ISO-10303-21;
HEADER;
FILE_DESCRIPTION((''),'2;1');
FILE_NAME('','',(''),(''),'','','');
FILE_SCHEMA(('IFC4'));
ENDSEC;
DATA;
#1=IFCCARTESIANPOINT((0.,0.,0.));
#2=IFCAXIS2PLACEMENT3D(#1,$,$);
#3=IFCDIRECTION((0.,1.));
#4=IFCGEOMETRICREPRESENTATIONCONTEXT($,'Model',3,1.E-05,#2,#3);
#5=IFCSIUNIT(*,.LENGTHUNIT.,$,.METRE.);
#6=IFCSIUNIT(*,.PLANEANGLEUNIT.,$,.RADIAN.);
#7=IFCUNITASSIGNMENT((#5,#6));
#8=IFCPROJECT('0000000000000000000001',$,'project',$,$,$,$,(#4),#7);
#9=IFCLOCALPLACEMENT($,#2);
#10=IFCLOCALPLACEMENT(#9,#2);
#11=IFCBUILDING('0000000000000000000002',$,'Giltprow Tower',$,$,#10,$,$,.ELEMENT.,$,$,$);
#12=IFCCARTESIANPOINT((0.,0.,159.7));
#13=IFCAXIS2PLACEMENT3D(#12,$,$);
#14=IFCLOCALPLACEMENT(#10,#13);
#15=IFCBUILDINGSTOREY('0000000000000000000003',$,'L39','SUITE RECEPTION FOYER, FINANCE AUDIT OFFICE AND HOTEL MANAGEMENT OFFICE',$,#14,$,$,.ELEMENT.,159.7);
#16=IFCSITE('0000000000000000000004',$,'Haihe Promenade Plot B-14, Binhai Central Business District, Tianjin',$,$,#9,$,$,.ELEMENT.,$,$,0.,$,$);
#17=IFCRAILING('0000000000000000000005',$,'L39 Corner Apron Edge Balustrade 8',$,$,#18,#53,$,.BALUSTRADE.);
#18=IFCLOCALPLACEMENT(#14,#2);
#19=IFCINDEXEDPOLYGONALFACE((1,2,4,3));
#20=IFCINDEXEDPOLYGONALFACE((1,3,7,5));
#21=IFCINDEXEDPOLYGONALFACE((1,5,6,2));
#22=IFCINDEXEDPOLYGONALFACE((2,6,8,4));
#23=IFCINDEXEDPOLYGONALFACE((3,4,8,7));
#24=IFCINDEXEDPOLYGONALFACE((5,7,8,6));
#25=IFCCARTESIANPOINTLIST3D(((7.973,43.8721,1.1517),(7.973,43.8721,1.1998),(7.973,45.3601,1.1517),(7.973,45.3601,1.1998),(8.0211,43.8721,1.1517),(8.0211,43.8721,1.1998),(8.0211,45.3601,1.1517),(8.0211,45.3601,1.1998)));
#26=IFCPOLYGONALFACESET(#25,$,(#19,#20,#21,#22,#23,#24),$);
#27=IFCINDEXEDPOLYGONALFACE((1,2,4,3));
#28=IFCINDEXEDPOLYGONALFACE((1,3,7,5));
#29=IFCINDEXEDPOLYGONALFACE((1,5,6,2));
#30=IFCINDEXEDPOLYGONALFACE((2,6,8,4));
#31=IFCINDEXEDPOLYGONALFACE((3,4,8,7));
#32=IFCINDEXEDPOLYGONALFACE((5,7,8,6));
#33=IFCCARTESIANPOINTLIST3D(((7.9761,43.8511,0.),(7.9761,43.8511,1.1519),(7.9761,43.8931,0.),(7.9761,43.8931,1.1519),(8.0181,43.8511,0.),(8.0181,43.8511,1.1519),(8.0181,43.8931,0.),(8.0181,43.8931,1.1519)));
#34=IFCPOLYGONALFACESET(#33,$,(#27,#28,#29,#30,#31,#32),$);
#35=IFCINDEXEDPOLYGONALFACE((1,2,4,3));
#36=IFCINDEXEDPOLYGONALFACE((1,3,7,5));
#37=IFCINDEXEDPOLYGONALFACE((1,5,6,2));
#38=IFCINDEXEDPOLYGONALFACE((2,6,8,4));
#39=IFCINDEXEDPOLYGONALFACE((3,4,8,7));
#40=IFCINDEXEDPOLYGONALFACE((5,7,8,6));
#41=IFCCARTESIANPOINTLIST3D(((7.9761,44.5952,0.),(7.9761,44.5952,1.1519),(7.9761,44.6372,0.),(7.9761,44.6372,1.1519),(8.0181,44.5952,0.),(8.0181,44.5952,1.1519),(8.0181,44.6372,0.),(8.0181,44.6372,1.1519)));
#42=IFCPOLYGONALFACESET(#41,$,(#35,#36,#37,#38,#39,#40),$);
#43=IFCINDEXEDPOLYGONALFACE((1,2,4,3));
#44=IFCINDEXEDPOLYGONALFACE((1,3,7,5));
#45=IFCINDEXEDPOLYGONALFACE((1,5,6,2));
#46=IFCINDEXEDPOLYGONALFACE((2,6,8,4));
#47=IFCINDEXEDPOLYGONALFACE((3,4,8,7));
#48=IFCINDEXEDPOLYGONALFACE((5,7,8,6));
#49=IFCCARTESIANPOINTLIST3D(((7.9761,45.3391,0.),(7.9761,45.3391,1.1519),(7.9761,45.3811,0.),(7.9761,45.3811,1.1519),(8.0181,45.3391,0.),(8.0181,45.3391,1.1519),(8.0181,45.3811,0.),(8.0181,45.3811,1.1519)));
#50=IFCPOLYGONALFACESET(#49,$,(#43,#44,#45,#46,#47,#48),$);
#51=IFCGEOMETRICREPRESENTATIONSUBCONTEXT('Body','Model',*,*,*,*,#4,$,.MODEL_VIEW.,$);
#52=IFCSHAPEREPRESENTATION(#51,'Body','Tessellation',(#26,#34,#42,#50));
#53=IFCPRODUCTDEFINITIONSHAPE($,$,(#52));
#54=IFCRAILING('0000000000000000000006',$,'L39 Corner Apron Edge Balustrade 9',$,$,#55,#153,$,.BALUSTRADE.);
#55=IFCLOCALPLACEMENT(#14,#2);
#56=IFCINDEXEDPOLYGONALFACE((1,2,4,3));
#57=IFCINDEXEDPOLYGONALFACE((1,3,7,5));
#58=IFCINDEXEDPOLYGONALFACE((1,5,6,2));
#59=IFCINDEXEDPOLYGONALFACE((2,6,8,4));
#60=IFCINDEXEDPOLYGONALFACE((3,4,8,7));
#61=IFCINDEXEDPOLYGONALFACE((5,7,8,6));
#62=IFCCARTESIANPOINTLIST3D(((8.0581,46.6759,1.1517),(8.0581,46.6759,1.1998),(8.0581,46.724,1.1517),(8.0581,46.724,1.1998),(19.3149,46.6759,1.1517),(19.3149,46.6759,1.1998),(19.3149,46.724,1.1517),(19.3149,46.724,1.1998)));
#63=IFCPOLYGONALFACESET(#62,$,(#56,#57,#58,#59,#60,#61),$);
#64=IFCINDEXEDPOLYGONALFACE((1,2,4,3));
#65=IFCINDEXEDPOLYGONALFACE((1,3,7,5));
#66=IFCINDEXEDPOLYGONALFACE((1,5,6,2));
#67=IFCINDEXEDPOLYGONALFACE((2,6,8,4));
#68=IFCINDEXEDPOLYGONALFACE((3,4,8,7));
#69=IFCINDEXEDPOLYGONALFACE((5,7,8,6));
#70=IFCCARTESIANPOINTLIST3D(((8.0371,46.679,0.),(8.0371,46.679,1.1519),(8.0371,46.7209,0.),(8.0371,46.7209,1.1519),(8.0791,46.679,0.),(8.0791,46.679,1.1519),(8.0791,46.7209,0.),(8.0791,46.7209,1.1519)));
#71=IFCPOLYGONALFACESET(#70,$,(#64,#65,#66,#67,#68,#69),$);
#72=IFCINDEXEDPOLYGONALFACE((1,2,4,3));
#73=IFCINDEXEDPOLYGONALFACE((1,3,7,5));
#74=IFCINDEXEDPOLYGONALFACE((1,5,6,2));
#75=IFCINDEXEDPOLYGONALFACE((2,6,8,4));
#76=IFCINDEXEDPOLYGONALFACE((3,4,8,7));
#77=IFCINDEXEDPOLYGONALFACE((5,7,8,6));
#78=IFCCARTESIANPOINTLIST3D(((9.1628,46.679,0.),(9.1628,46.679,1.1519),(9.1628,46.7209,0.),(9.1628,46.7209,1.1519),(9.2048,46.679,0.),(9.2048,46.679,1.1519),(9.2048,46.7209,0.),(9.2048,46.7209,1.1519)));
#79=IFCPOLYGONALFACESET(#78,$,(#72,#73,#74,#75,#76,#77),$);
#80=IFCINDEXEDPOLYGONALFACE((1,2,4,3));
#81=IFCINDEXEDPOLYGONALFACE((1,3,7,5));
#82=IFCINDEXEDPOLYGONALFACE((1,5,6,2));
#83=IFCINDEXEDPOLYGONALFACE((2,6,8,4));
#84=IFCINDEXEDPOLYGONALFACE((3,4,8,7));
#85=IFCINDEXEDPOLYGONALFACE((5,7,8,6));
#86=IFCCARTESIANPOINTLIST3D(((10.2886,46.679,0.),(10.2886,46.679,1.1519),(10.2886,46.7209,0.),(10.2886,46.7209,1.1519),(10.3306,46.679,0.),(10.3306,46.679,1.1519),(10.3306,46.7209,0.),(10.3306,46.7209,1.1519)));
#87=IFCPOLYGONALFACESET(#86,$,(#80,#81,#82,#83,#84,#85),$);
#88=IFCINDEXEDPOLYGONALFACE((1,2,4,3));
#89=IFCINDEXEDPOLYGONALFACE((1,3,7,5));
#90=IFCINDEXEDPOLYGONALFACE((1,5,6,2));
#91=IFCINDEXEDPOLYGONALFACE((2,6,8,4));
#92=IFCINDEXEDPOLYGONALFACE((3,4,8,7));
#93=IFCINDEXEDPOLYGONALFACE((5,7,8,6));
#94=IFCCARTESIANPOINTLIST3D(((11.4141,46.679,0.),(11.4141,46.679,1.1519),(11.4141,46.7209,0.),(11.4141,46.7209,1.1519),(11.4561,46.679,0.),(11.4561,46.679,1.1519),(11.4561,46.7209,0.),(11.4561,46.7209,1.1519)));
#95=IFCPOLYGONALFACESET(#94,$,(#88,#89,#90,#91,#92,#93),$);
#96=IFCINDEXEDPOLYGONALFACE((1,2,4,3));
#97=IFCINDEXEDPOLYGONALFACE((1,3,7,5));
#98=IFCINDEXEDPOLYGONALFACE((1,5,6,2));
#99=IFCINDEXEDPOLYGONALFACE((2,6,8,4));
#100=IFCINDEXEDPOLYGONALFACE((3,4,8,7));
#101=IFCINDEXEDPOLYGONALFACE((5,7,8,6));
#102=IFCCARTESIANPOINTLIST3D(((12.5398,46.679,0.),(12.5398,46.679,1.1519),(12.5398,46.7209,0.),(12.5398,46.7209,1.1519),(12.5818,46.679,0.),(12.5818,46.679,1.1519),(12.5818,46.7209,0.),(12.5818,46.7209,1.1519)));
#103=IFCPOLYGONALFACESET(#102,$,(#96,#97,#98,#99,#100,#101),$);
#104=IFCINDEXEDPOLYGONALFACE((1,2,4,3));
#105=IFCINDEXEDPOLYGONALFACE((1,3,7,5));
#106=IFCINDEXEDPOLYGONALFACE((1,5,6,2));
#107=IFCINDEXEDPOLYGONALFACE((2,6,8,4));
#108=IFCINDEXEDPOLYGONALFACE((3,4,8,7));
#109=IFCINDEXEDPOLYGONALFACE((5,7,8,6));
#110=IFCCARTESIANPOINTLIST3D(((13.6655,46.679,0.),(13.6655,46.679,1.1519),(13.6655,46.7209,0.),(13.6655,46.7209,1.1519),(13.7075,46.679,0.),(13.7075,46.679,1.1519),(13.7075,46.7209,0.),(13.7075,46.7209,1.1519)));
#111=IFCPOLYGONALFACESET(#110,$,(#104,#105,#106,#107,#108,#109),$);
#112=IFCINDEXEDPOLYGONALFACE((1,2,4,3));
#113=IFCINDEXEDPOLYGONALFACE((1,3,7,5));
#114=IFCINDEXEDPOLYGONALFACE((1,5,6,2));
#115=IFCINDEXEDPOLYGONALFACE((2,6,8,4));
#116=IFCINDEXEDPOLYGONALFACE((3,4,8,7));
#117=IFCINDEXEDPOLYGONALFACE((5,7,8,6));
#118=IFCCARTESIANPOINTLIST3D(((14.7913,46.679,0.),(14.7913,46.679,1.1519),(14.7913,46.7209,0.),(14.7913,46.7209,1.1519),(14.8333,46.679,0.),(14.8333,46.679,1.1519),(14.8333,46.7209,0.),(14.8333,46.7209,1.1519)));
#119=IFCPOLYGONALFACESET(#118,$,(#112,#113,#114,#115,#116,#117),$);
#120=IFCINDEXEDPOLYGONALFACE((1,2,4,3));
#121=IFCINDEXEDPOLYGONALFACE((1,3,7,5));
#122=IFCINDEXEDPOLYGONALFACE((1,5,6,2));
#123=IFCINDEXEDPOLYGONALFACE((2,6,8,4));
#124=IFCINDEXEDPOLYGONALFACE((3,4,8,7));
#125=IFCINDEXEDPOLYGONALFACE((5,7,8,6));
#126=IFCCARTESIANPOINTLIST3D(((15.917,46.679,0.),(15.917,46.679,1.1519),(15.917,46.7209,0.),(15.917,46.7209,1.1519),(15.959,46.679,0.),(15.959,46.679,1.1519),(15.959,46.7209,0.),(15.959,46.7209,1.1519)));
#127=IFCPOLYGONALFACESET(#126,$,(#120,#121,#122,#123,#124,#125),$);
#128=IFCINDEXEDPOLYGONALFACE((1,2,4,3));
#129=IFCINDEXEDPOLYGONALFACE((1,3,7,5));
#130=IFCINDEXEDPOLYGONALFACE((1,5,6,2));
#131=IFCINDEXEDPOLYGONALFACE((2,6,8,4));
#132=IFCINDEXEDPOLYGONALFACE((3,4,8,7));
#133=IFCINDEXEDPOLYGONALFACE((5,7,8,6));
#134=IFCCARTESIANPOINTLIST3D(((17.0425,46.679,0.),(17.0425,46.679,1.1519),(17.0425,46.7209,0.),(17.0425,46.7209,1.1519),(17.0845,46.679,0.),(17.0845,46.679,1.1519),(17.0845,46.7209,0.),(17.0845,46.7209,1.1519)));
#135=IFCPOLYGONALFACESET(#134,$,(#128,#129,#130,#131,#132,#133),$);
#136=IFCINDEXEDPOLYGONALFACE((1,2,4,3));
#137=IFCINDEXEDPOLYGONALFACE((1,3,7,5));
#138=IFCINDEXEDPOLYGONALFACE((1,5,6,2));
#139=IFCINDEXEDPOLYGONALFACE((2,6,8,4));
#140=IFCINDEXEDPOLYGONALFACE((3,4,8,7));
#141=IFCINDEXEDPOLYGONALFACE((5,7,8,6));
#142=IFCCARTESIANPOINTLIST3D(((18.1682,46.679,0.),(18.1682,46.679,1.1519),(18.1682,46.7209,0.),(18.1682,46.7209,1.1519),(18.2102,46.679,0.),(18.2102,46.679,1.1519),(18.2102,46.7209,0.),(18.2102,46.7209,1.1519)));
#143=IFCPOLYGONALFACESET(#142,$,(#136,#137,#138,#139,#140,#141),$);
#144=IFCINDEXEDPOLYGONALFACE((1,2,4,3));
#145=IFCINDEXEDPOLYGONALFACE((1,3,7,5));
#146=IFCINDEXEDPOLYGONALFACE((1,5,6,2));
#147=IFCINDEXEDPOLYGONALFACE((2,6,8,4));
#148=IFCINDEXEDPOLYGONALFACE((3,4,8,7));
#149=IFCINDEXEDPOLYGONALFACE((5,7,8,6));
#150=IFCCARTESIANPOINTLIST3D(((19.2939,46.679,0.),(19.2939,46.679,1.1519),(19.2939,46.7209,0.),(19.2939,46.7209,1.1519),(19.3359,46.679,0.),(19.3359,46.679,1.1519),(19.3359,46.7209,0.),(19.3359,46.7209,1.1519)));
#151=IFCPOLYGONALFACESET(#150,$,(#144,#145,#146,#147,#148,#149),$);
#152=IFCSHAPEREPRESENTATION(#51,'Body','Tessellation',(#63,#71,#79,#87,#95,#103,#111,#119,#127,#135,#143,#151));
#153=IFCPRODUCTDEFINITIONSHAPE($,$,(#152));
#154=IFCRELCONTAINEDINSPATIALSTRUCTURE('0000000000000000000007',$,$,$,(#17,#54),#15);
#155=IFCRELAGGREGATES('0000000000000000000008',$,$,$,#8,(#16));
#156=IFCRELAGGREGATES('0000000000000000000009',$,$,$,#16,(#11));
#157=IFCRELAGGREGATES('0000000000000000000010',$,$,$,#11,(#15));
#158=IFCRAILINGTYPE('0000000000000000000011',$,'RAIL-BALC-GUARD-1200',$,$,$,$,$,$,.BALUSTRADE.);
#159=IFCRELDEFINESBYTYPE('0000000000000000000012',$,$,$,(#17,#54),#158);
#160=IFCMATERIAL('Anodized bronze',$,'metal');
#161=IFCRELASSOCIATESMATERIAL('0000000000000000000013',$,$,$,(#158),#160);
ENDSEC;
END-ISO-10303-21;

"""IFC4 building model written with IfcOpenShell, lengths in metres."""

from ifc_helpers import new_model, si_unit, direction, frame, origin, origin_2d, place, context, subcontext, project, spatial, rectangle, extrude, material, type_object, element, save


model = new_model("IFC4")

# Units and contexts
model_context = context("Model", 3, precision=1e-05, world=origin(), true_north=direction((0.0, 1.0)))
body_context = subcontext(model_context, "Body", "Model", "MODEL_VIEW")
ifc_project = project(units=[si_unit("LENGTHUNIT", "METRE"), si_unit("PLANEANGLEUNIT", "RADIAN")], contexts=[model_context])

# Site, building, storey
site_placement = place(None, origin())
site = spatial("IfcSite", under=ifc_project, at=site_placement, Name="Haihe Promenade Plot B-14, Binhai Central Business District, Tianjin", CompositionType="ELEMENT", RefElevation=0.0)
building_placement = place(site_placement, origin())
building = spatial("IfcBuilding", under=site, at=building_placement, Name="Giltprow Tower", CompositionType="ELEMENT")
storey_placement = place(building_placement, frame((0.0, 0.0, 159.7)))
storey = spatial("IfcBuildingStorey", under=building, at=storey_placement, Name="L39", Description="SUITE RECEPTION FOYER, FINANCE AUDIT OFFICE AND HOTEL MANAGEMENT OFFICE", CompositionType="ELEMENT", Elevation=159.7)

# Railings
ifc_material_1 = material(Name="Anodized bronze", Category="metal")
railing_type = type_object("IfcRailingType", Name="RAIL-BALC-GUARD-1200", PredefinedType="BALUSTRADE", material=ifc_material_1)
railing_1_placement = place(storey_placement, frame((7.9971, 43.8721, 0.0)))
element("IfcRailing", 1, at=railing_1_placement, inside=storey, type_object=railing_type, Name="L39 Corner Apron Edge Balustrade 8", PredefinedType="BALUSTRADE", context=body_context, shape_type="SweptSolid", body=[
    extrude(rectangle(XDim=0.0481, YDim=0.0481, at=origin_2d()), frame((0.0, 0.0, 1.1758), z_axis=(0.0, 1.0, 0.0), x_axis=(-1.0, 0.0, 0.0)), (0.0, 0.0, 1.0), 1.488),
    extrude(rectangle(XDim=0.042, YDim=0.042, at=origin_2d()), origin(), (0.0, 0.0, 1.0), 1.1519),
    extrude(rectangle(XDim=0.042, YDim=0.042, at=origin_2d()), frame((0.0, 0.7441, 0.0)), (0.0, 0.0, 1.0), 1.1519),
    extrude(rectangle(XDim=0.042, YDim=0.042, at=origin_2d()), frame((0.0, 1.488, 0.0)), (0.0, 0.0, 1.0), 1.1519),
])
railing_2_placement = place(storey_placement, frame((8.0581, 46.7, 0.0)))
element("IfcRailing", 2, at=railing_2_placement, inside=storey, type_object=railing_type, Name="L39 Corner Apron Edge Balustrade 9", PredefinedType="BALUSTRADE", context=body_context, shape_type="SweptSolid", body=[
    extrude(rectangle(XDim=0.0481, YDim=0.0481, at=origin_2d()), frame((0.0, 0.0, 1.1758), z_axis=(1.0, 0.0, 0.0), x_axis=(0.0, 1.0, 0.0)), (0.0, 0.0, 1.0), 11.2568),
    extrude(rectangle(XDim=0.042, YDim=0.042, at=origin_2d()), origin(), (0.0, 0.0, 1.0), 1.1519),
    extrude(rectangle(XDim=0.042, YDim=0.042, at=origin_2d()), frame((1.1257, 0.0, 0.0)), (0.0, 0.0, 1.0), 1.1519),
    extrude(rectangle(XDim=0.042, YDim=0.042, at=origin_2d()), frame((2.2515, 0.0, 0.0)), (0.0, 0.0, 1.0), 1.1519),
    extrude(rectangle(XDim=0.042, YDim=0.042, at=origin_2d()), frame((3.377, 0.0, 0.0)), (0.0, 0.0, 1.0), 1.1519),
    extrude(rectangle(XDim=0.042, YDim=0.042, at=origin_2d()), frame((4.5027, 0.0, 0.0)), (0.0, 0.0, 1.0), 1.1519),
    extrude(rectangle(XDim=0.042, YDim=0.042, at=origin_2d()), frame((5.6284, 0.0, 0.0)), (0.0, 0.0, 1.0), 1.1519),
    extrude(rectangle(XDim=0.042, YDim=0.042, at=origin_2d()), frame((6.7542, 0.0, 0.0)), (0.0, 0.0, 1.0), 1.1519),
    extrude(rectangle(XDim=0.042, YDim=0.042, at=origin_2d()), frame((7.8799, 0.0, 0.0)), (0.0, 0.0, 1.0), 1.1519),
    extrude(rectangle(XDim=0.042, YDim=0.042, at=origin_2d()), frame((9.0054, 0.0, 0.0)), (0.0, 0.0, 1.0), 1.1519),
    extrude(rectangle(XDim=0.042, YDim=0.042, at=origin_2d()), frame((10.1311, 0.0, 0.0)), (0.0, 0.0, 1.0), 1.1519),
    extrude(rectangle(XDim=0.042, YDim=0.042, at=origin_2d()), frame((11.2568, 0.0, 0.0)), (0.0, 0.0, 1.0), 1.1519),
])

save(model, "model.ifc")
